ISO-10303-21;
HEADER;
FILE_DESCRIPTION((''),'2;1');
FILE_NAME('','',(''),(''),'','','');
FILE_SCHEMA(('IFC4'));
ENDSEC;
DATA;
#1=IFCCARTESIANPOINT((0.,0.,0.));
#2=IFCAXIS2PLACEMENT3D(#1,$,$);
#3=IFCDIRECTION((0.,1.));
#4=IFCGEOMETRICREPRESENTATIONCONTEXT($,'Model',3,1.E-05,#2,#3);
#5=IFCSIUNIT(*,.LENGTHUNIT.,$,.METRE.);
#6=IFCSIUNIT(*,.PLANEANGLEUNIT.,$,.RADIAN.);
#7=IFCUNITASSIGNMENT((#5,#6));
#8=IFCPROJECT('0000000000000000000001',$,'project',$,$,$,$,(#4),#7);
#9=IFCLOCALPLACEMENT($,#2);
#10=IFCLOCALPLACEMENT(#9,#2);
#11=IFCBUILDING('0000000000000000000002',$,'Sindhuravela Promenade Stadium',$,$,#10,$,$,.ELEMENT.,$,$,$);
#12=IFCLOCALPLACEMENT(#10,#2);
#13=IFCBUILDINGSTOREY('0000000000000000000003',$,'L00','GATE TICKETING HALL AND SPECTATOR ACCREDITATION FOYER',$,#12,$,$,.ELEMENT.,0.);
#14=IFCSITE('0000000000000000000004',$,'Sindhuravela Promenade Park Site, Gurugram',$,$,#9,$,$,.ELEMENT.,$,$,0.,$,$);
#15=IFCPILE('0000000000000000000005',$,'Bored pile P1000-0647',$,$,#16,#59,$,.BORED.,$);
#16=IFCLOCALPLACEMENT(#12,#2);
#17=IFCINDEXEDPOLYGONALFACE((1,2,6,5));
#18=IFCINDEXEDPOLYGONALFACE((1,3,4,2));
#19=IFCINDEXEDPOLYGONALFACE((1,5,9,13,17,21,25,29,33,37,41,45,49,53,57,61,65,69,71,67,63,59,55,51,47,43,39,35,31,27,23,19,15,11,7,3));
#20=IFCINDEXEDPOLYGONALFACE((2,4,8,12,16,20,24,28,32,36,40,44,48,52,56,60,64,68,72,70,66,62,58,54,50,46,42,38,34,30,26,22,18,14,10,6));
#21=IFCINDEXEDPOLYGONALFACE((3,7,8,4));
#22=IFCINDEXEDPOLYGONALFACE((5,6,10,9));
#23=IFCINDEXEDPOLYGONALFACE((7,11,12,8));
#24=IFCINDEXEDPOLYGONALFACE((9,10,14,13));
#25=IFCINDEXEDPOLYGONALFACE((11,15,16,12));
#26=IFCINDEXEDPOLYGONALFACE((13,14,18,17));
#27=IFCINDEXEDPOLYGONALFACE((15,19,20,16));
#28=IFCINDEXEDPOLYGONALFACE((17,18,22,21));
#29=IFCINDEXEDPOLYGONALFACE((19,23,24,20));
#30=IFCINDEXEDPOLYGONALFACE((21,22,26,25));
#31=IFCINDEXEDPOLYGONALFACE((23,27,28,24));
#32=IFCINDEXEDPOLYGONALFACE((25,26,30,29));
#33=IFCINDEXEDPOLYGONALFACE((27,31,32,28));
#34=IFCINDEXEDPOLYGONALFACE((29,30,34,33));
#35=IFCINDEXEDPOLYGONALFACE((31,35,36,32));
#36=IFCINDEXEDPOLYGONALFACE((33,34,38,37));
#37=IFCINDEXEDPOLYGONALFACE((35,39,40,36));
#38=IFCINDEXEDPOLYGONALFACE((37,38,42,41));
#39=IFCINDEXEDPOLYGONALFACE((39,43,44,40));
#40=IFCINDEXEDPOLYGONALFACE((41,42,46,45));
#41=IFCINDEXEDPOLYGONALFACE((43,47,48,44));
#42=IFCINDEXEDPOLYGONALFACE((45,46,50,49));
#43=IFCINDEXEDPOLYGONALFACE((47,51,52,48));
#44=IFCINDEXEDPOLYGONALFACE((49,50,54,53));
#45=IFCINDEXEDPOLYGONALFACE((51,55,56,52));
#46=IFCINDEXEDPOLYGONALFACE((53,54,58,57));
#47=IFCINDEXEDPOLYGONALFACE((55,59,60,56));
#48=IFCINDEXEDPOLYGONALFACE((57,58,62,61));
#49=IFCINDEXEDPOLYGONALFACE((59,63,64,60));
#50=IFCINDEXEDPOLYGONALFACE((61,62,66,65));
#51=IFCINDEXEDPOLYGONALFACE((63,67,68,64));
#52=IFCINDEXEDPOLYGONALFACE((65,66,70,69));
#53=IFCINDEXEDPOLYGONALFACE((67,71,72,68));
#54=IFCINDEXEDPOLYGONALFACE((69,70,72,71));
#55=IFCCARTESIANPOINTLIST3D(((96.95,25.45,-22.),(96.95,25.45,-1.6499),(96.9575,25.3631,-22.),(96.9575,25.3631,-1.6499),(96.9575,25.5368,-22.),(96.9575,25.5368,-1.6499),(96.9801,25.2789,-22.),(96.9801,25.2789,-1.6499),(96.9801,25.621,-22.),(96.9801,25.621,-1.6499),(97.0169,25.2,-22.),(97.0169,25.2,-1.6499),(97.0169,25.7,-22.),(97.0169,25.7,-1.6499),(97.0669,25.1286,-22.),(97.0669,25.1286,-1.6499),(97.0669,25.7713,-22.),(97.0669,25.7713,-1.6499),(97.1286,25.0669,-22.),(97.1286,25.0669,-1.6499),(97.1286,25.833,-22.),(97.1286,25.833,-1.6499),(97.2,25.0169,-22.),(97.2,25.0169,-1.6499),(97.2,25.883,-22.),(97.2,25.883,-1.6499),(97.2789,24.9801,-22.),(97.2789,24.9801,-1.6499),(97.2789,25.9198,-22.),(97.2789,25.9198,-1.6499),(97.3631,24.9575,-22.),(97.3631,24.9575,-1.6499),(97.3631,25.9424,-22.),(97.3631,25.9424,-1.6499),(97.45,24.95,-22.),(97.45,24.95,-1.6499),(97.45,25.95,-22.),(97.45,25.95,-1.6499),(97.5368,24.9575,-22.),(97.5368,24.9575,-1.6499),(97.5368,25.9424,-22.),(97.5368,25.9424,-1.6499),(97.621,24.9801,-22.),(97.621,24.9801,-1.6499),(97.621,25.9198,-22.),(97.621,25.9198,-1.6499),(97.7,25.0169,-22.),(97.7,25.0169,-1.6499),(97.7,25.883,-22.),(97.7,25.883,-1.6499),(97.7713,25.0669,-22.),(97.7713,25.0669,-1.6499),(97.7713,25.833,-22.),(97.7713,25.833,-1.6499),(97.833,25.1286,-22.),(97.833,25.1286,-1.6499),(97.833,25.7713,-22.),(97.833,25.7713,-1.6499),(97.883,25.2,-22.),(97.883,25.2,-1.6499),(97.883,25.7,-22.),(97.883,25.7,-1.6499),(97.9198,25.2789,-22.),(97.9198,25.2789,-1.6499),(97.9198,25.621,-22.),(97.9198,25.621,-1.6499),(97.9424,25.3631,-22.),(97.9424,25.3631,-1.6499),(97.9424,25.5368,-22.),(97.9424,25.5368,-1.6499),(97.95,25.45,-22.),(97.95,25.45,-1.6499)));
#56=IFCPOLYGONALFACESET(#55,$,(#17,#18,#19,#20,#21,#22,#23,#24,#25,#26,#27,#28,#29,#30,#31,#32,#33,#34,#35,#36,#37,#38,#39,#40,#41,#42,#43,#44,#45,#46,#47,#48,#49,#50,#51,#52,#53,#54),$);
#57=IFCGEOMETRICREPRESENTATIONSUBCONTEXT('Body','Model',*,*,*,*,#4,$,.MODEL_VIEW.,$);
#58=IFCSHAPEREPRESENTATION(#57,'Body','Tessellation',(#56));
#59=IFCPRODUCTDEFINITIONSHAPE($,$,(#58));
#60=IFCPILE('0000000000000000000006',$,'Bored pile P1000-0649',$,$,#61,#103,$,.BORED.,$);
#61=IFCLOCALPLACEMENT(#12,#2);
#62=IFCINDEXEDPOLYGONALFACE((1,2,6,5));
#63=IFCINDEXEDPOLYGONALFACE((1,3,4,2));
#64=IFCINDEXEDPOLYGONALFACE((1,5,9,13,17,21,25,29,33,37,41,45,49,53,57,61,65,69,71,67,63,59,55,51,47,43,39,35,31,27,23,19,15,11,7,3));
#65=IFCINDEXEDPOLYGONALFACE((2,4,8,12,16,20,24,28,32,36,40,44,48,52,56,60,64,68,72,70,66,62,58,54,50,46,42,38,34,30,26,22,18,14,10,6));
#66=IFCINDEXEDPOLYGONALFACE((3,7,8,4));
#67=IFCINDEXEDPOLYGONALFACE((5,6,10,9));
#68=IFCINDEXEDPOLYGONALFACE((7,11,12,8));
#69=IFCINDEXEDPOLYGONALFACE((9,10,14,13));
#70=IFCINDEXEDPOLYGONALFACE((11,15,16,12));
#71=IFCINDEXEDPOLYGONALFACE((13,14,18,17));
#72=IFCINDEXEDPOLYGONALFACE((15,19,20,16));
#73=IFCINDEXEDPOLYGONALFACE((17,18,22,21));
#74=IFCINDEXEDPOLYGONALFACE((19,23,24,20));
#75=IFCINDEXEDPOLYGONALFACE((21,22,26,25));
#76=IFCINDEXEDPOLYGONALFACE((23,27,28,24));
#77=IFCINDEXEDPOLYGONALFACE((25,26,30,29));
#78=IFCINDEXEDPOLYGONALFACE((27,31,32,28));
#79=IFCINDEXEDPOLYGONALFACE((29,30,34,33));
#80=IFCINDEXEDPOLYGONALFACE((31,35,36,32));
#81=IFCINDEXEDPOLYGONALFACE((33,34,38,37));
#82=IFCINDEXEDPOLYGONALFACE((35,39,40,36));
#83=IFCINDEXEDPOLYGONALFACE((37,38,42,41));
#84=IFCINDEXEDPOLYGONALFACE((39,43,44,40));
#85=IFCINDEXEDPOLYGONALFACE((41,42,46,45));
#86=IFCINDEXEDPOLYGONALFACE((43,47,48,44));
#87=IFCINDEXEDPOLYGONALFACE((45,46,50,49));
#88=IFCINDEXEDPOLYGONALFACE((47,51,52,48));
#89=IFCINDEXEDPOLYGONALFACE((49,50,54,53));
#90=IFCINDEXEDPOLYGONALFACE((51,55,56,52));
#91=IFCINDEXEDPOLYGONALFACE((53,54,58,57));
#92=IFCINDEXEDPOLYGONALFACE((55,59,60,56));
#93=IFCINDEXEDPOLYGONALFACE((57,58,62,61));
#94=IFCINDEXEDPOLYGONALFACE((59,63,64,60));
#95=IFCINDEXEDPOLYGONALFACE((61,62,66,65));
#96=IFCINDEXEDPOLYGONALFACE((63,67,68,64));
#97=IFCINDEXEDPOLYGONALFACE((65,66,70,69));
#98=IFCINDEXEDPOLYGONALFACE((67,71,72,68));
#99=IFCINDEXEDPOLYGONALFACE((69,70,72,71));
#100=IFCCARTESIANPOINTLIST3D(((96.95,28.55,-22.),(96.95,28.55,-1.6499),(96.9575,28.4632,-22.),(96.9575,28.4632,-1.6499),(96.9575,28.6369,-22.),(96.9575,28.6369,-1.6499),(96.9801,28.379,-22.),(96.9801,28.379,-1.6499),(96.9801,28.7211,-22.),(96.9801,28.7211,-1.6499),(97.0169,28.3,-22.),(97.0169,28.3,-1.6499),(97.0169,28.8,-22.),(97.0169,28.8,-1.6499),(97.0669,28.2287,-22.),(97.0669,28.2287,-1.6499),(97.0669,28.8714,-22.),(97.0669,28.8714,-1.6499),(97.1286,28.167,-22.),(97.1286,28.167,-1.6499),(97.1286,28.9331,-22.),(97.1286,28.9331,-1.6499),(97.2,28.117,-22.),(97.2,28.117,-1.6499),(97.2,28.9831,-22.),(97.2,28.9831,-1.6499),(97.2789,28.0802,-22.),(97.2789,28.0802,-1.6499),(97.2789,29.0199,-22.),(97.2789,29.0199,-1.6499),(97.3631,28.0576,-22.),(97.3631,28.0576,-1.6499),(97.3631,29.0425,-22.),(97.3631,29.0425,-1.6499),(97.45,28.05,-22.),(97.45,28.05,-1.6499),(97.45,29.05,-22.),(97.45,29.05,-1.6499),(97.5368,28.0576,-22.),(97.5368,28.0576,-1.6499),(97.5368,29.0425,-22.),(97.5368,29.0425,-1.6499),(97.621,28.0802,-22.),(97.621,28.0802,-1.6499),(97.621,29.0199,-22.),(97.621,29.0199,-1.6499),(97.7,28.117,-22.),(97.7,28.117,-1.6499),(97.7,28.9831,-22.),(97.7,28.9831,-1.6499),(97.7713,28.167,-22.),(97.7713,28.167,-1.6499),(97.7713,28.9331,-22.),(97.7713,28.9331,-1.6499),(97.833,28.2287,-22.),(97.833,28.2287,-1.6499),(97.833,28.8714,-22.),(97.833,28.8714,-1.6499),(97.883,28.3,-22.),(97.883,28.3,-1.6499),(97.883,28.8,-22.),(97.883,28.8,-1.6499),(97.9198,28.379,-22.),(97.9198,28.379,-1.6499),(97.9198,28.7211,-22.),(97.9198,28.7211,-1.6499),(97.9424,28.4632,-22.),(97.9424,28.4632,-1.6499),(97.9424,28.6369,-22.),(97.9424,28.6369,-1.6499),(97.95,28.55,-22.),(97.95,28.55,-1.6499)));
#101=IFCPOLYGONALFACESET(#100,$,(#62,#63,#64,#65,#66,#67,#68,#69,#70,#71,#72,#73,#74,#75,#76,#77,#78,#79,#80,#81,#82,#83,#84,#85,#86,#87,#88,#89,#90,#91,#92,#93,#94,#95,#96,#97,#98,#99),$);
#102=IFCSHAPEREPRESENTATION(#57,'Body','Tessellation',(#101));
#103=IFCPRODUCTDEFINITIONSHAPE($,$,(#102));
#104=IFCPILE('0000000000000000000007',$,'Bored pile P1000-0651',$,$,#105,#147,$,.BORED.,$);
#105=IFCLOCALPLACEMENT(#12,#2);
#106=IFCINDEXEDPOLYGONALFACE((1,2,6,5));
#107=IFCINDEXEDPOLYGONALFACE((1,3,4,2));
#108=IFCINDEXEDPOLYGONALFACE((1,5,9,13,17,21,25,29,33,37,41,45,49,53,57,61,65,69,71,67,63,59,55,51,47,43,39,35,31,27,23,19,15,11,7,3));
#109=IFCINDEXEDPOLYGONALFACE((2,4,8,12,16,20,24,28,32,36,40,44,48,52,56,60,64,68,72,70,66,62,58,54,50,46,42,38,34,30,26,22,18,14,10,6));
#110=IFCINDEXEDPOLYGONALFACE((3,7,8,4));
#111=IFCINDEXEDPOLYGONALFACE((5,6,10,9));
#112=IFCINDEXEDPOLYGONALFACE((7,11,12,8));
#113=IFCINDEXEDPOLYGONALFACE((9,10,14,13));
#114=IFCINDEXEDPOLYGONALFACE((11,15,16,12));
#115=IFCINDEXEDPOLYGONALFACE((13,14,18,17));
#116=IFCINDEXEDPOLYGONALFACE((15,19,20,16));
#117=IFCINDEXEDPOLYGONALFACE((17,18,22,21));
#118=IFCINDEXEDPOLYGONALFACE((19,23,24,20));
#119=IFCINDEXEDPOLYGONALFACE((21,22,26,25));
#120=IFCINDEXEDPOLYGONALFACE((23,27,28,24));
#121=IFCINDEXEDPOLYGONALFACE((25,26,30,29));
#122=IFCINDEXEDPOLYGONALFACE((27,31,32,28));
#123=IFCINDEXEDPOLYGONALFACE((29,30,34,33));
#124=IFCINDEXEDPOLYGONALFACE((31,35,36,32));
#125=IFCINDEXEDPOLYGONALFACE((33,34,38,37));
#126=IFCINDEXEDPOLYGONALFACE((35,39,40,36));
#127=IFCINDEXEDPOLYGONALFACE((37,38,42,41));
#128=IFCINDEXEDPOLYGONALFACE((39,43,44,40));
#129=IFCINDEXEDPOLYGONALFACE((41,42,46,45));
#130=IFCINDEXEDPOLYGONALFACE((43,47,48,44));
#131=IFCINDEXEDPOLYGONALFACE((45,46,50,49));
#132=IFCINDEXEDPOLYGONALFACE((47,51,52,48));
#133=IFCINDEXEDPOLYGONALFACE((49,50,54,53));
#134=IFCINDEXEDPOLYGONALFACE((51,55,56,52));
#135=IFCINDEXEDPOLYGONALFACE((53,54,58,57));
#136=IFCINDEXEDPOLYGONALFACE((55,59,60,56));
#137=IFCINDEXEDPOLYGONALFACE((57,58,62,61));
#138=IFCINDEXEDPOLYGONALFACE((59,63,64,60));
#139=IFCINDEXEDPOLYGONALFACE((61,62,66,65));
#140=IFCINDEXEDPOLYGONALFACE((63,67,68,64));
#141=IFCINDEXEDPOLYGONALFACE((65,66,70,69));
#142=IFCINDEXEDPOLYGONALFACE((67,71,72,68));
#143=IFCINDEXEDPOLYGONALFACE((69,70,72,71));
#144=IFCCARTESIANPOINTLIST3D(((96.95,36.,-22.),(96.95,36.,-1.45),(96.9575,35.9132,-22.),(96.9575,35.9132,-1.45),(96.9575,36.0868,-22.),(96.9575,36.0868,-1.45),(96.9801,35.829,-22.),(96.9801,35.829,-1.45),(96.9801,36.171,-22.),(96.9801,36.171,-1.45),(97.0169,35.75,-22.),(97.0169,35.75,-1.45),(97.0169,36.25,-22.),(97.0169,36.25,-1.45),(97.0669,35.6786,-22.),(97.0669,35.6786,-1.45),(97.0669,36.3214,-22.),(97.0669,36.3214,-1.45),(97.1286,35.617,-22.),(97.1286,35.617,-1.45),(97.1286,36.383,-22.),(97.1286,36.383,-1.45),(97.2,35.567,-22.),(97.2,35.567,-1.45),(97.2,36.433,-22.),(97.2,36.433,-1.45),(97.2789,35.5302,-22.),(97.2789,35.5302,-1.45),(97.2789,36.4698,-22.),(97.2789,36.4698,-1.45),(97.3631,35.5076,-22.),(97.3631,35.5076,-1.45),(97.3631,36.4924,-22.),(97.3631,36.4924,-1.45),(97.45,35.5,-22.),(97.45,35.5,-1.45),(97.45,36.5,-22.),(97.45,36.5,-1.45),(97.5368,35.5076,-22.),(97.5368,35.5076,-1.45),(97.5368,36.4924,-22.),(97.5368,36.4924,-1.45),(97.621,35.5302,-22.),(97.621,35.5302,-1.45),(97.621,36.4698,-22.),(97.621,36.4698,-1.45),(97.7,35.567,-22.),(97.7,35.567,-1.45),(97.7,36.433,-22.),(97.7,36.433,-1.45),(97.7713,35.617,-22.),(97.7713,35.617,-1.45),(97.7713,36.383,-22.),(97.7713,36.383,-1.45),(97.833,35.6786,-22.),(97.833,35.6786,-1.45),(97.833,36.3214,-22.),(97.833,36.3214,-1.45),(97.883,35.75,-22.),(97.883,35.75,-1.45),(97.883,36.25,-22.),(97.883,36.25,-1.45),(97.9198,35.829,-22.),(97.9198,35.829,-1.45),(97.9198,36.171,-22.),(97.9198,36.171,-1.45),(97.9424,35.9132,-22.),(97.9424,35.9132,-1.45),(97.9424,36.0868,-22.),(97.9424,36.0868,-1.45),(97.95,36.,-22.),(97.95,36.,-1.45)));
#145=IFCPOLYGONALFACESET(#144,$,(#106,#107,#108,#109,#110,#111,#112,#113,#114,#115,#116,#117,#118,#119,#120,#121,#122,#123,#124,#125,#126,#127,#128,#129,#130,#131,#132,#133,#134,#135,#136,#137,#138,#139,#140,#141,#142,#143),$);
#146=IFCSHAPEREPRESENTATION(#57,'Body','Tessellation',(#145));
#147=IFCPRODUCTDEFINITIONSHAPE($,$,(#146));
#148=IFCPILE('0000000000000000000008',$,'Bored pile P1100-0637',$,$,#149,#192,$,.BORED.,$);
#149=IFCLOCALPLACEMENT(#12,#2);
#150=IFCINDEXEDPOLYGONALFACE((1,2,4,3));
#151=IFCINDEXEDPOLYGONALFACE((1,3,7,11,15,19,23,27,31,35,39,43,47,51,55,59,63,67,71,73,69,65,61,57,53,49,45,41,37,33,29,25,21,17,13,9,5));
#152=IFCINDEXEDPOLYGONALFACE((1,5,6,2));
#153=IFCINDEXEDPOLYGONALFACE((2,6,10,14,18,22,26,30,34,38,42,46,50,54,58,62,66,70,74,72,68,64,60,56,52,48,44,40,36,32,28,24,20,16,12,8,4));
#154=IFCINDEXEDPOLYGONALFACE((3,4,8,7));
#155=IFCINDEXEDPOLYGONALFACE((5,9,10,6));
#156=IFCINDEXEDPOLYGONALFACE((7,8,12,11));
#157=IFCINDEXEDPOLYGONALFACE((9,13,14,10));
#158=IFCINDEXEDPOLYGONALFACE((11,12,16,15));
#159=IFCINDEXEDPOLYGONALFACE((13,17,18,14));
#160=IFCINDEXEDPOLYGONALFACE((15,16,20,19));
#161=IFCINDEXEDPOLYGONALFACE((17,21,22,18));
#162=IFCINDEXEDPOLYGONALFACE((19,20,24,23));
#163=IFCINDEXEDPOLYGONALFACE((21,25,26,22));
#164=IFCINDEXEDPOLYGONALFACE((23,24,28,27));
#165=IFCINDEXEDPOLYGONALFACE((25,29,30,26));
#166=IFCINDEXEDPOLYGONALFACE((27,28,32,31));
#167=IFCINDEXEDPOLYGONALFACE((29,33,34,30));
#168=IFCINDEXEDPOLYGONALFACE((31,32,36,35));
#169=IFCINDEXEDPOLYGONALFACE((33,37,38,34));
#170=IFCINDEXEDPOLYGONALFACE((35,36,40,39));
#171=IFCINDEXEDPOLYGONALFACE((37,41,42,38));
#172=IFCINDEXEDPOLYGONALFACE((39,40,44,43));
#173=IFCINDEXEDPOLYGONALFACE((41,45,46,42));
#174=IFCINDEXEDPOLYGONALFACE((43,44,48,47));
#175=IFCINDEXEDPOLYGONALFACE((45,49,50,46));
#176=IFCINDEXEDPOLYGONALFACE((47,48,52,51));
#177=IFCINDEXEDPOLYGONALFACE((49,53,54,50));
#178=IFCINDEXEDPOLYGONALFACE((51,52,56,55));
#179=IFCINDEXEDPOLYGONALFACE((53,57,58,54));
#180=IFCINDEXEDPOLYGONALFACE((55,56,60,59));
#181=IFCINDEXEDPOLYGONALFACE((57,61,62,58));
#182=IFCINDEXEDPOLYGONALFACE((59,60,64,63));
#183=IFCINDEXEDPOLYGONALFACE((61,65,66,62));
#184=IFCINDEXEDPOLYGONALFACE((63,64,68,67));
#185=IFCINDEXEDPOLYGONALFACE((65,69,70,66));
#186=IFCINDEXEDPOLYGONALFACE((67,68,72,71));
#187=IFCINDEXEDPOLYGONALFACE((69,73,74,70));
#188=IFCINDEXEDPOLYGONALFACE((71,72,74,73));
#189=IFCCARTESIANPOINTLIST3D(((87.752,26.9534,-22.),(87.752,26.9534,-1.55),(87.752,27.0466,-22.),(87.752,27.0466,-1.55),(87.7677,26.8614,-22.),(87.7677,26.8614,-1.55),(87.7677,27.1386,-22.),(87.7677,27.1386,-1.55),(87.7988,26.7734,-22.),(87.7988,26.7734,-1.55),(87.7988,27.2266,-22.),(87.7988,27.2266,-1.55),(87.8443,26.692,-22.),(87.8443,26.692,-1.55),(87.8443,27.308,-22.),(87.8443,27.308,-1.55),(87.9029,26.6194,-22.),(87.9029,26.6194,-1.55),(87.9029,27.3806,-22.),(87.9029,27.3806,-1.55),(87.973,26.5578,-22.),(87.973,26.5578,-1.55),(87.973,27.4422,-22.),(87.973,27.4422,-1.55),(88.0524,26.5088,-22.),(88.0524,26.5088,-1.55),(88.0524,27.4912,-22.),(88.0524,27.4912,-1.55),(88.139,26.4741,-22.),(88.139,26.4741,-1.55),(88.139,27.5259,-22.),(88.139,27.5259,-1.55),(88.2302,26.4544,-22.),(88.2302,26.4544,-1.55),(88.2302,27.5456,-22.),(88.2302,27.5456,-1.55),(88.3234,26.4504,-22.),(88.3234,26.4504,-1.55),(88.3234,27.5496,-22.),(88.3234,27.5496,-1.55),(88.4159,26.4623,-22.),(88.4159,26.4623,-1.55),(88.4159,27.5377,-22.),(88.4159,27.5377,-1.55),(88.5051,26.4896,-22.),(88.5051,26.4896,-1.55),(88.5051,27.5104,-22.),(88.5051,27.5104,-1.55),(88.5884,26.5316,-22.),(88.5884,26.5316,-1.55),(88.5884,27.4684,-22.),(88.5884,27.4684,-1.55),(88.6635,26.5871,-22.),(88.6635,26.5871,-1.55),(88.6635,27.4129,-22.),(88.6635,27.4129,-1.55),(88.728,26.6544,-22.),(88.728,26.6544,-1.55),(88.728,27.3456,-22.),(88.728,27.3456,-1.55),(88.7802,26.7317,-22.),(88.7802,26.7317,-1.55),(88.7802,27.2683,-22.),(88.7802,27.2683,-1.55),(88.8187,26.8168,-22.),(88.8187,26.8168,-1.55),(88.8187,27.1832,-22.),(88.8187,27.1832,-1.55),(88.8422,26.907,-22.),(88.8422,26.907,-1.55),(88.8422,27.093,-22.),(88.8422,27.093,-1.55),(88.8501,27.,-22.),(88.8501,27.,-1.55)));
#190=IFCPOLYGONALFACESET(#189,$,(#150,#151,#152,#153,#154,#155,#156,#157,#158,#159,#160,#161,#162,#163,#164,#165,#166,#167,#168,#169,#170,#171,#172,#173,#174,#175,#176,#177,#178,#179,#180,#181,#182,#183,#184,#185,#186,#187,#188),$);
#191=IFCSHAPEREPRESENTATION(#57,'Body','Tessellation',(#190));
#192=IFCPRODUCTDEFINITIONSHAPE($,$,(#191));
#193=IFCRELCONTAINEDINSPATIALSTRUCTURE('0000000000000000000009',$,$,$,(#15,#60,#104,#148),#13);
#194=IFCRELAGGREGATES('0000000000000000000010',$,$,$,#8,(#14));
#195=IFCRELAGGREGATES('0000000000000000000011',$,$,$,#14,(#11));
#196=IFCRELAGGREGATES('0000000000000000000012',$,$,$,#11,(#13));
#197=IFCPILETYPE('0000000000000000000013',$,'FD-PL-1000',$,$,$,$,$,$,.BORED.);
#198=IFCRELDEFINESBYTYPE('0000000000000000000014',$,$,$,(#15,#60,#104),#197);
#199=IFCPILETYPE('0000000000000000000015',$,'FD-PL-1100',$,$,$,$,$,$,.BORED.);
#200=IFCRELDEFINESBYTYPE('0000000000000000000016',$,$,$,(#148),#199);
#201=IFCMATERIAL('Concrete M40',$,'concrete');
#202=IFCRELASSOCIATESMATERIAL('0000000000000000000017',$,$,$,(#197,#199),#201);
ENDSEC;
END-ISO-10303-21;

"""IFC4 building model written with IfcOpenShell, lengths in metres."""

from ifc_helpers import new_model, si_unit, direction, frame, origin, origin_2d, place, context, subcontext, project, spatial, circle, extrude, material, material_profile, profile_set, type_object, element, save


model = new_model("IFC4")

# Units and contexts
model_context = context("Model", 3, precision=1e-05, world=origin(), true_north=direction((0.0, 1.0)))
body_context = subcontext(model_context, "Body", "Model", "MODEL_VIEW")
ifc_project = project(units=[si_unit("LENGTHUNIT", "METRE"), si_unit("PLANEANGLEUNIT", "RADIAN")], contexts=[model_context])

# Site, building, storey
site_placement = place(None, origin())
site = spatial("IfcSite", under=ifc_project, at=site_placement, Name="Sindhuravela Promenade Park Site, Gurugram", CompositionType="ELEMENT", RefElevation=0.0)
building_placement = place(site_placement, origin())
building = spatial("IfcBuilding", under=site, at=building_placement, Name="Sindhuravela Promenade Stadium", CompositionType="ELEMENT")
storey_placement = place(building_placement, origin())
storey = spatial("IfcBuildingStorey", under=building, at=storey_placement, Name="L00", Description="GATE TICKETING HALL AND SPECTATOR ACCREDITATION FOYER", CompositionType="ELEMENT", Elevation=0.0)

# Piles
ifc_material_1 = material(Name="Concrete M40", Category="concrete")
ifc_material_profile_1 = material_profile(ifc_material_1, circle(Radius=0.5, at=origin_2d()), Name="BORED PILE D1000")
ifc_profile_set_1 = profile_set([ifc_material_profile_1], Name="Concrete M40")
pile_type_1 = type_object("IfcPileType", Name="FD-PL-1000", PredefinedType="BORED", material=ifc_profile_set_1)
for number, where, z_axis, x_axis, name in (
    (1, (97.45, 25.45, -1.6499), (0.0, 0.0, -1.0), (1.0, 0.0, 0.0), "Bored pile P1000-0647"),
    (2, (97.45, 28.55, -1.6499), (0.0, 0.0, -1.0), (1.0, 0.0, 0.0), "Bored pile P1000-0649"),
):
    element("IfcPile", number, at=place(storey_placement, frame(where, z_axis=z_axis, x_axis=x_axis)), inside=storey, type_object=pile_type_1, Name=name, PredefinedType="BORED", context=body_context, shape_type="SweptSolid", body=[
        extrude(circle(Radius=0.5, at=origin_2d()), origin(), (0.0, 0.0, 1.0), 20.3501),
    ])
pile_placement = place(storey_placement, frame((97.45, 36.0, -1.45), z_axis=(0.0, 0.0, -1.0), x_axis=(1.0, 0.0, 0.0)))
element("IfcPile", 3, at=pile_placement, inside=storey, type_object=pile_type_1, Name="Bored pile P1000-0651", PredefinedType="BORED", context=body_context, shape_type="SweptSolid", body=[
    extrude(circle(Radius=0.5, at=origin_2d()), origin(), (0.0, 0.0, 1.0), 20.55),
])
ifc_material_profile_2 = material_profile(ifc_material_1, circle(Radius=0.55, at=origin_2d()), Name="BORED PILE D1100")
ifc_profile_set_2 = profile_set([ifc_material_profile_2], Name="Concrete M40")
pile_type_2 = type_object("IfcPileType", Name="FD-PL-1100", PredefinedType="BORED", material=ifc_profile_set_2)
for number, where, z_axis, x_axis, name in (
    (4, (88.3, 27.0, -1.55), (0.0, 0.0, -1.0), (1.0, 0.0, 0.0), "Bored pile P1100-0637"),
):
    element("IfcPile", number, at=place(storey_placement, frame(where, z_axis=z_axis, x_axis=x_axis)), inside=storey, type_object=pile_type_2, Name=name, PredefinedType="BORED", context=body_context, shape_type="SweptSolid", body=[
        extrude(circle(Radius=0.55, at=origin_2d()), origin(), (0.0, 0.0, 1.0), 20.45),
    ])

save(model, "model.ifc")
